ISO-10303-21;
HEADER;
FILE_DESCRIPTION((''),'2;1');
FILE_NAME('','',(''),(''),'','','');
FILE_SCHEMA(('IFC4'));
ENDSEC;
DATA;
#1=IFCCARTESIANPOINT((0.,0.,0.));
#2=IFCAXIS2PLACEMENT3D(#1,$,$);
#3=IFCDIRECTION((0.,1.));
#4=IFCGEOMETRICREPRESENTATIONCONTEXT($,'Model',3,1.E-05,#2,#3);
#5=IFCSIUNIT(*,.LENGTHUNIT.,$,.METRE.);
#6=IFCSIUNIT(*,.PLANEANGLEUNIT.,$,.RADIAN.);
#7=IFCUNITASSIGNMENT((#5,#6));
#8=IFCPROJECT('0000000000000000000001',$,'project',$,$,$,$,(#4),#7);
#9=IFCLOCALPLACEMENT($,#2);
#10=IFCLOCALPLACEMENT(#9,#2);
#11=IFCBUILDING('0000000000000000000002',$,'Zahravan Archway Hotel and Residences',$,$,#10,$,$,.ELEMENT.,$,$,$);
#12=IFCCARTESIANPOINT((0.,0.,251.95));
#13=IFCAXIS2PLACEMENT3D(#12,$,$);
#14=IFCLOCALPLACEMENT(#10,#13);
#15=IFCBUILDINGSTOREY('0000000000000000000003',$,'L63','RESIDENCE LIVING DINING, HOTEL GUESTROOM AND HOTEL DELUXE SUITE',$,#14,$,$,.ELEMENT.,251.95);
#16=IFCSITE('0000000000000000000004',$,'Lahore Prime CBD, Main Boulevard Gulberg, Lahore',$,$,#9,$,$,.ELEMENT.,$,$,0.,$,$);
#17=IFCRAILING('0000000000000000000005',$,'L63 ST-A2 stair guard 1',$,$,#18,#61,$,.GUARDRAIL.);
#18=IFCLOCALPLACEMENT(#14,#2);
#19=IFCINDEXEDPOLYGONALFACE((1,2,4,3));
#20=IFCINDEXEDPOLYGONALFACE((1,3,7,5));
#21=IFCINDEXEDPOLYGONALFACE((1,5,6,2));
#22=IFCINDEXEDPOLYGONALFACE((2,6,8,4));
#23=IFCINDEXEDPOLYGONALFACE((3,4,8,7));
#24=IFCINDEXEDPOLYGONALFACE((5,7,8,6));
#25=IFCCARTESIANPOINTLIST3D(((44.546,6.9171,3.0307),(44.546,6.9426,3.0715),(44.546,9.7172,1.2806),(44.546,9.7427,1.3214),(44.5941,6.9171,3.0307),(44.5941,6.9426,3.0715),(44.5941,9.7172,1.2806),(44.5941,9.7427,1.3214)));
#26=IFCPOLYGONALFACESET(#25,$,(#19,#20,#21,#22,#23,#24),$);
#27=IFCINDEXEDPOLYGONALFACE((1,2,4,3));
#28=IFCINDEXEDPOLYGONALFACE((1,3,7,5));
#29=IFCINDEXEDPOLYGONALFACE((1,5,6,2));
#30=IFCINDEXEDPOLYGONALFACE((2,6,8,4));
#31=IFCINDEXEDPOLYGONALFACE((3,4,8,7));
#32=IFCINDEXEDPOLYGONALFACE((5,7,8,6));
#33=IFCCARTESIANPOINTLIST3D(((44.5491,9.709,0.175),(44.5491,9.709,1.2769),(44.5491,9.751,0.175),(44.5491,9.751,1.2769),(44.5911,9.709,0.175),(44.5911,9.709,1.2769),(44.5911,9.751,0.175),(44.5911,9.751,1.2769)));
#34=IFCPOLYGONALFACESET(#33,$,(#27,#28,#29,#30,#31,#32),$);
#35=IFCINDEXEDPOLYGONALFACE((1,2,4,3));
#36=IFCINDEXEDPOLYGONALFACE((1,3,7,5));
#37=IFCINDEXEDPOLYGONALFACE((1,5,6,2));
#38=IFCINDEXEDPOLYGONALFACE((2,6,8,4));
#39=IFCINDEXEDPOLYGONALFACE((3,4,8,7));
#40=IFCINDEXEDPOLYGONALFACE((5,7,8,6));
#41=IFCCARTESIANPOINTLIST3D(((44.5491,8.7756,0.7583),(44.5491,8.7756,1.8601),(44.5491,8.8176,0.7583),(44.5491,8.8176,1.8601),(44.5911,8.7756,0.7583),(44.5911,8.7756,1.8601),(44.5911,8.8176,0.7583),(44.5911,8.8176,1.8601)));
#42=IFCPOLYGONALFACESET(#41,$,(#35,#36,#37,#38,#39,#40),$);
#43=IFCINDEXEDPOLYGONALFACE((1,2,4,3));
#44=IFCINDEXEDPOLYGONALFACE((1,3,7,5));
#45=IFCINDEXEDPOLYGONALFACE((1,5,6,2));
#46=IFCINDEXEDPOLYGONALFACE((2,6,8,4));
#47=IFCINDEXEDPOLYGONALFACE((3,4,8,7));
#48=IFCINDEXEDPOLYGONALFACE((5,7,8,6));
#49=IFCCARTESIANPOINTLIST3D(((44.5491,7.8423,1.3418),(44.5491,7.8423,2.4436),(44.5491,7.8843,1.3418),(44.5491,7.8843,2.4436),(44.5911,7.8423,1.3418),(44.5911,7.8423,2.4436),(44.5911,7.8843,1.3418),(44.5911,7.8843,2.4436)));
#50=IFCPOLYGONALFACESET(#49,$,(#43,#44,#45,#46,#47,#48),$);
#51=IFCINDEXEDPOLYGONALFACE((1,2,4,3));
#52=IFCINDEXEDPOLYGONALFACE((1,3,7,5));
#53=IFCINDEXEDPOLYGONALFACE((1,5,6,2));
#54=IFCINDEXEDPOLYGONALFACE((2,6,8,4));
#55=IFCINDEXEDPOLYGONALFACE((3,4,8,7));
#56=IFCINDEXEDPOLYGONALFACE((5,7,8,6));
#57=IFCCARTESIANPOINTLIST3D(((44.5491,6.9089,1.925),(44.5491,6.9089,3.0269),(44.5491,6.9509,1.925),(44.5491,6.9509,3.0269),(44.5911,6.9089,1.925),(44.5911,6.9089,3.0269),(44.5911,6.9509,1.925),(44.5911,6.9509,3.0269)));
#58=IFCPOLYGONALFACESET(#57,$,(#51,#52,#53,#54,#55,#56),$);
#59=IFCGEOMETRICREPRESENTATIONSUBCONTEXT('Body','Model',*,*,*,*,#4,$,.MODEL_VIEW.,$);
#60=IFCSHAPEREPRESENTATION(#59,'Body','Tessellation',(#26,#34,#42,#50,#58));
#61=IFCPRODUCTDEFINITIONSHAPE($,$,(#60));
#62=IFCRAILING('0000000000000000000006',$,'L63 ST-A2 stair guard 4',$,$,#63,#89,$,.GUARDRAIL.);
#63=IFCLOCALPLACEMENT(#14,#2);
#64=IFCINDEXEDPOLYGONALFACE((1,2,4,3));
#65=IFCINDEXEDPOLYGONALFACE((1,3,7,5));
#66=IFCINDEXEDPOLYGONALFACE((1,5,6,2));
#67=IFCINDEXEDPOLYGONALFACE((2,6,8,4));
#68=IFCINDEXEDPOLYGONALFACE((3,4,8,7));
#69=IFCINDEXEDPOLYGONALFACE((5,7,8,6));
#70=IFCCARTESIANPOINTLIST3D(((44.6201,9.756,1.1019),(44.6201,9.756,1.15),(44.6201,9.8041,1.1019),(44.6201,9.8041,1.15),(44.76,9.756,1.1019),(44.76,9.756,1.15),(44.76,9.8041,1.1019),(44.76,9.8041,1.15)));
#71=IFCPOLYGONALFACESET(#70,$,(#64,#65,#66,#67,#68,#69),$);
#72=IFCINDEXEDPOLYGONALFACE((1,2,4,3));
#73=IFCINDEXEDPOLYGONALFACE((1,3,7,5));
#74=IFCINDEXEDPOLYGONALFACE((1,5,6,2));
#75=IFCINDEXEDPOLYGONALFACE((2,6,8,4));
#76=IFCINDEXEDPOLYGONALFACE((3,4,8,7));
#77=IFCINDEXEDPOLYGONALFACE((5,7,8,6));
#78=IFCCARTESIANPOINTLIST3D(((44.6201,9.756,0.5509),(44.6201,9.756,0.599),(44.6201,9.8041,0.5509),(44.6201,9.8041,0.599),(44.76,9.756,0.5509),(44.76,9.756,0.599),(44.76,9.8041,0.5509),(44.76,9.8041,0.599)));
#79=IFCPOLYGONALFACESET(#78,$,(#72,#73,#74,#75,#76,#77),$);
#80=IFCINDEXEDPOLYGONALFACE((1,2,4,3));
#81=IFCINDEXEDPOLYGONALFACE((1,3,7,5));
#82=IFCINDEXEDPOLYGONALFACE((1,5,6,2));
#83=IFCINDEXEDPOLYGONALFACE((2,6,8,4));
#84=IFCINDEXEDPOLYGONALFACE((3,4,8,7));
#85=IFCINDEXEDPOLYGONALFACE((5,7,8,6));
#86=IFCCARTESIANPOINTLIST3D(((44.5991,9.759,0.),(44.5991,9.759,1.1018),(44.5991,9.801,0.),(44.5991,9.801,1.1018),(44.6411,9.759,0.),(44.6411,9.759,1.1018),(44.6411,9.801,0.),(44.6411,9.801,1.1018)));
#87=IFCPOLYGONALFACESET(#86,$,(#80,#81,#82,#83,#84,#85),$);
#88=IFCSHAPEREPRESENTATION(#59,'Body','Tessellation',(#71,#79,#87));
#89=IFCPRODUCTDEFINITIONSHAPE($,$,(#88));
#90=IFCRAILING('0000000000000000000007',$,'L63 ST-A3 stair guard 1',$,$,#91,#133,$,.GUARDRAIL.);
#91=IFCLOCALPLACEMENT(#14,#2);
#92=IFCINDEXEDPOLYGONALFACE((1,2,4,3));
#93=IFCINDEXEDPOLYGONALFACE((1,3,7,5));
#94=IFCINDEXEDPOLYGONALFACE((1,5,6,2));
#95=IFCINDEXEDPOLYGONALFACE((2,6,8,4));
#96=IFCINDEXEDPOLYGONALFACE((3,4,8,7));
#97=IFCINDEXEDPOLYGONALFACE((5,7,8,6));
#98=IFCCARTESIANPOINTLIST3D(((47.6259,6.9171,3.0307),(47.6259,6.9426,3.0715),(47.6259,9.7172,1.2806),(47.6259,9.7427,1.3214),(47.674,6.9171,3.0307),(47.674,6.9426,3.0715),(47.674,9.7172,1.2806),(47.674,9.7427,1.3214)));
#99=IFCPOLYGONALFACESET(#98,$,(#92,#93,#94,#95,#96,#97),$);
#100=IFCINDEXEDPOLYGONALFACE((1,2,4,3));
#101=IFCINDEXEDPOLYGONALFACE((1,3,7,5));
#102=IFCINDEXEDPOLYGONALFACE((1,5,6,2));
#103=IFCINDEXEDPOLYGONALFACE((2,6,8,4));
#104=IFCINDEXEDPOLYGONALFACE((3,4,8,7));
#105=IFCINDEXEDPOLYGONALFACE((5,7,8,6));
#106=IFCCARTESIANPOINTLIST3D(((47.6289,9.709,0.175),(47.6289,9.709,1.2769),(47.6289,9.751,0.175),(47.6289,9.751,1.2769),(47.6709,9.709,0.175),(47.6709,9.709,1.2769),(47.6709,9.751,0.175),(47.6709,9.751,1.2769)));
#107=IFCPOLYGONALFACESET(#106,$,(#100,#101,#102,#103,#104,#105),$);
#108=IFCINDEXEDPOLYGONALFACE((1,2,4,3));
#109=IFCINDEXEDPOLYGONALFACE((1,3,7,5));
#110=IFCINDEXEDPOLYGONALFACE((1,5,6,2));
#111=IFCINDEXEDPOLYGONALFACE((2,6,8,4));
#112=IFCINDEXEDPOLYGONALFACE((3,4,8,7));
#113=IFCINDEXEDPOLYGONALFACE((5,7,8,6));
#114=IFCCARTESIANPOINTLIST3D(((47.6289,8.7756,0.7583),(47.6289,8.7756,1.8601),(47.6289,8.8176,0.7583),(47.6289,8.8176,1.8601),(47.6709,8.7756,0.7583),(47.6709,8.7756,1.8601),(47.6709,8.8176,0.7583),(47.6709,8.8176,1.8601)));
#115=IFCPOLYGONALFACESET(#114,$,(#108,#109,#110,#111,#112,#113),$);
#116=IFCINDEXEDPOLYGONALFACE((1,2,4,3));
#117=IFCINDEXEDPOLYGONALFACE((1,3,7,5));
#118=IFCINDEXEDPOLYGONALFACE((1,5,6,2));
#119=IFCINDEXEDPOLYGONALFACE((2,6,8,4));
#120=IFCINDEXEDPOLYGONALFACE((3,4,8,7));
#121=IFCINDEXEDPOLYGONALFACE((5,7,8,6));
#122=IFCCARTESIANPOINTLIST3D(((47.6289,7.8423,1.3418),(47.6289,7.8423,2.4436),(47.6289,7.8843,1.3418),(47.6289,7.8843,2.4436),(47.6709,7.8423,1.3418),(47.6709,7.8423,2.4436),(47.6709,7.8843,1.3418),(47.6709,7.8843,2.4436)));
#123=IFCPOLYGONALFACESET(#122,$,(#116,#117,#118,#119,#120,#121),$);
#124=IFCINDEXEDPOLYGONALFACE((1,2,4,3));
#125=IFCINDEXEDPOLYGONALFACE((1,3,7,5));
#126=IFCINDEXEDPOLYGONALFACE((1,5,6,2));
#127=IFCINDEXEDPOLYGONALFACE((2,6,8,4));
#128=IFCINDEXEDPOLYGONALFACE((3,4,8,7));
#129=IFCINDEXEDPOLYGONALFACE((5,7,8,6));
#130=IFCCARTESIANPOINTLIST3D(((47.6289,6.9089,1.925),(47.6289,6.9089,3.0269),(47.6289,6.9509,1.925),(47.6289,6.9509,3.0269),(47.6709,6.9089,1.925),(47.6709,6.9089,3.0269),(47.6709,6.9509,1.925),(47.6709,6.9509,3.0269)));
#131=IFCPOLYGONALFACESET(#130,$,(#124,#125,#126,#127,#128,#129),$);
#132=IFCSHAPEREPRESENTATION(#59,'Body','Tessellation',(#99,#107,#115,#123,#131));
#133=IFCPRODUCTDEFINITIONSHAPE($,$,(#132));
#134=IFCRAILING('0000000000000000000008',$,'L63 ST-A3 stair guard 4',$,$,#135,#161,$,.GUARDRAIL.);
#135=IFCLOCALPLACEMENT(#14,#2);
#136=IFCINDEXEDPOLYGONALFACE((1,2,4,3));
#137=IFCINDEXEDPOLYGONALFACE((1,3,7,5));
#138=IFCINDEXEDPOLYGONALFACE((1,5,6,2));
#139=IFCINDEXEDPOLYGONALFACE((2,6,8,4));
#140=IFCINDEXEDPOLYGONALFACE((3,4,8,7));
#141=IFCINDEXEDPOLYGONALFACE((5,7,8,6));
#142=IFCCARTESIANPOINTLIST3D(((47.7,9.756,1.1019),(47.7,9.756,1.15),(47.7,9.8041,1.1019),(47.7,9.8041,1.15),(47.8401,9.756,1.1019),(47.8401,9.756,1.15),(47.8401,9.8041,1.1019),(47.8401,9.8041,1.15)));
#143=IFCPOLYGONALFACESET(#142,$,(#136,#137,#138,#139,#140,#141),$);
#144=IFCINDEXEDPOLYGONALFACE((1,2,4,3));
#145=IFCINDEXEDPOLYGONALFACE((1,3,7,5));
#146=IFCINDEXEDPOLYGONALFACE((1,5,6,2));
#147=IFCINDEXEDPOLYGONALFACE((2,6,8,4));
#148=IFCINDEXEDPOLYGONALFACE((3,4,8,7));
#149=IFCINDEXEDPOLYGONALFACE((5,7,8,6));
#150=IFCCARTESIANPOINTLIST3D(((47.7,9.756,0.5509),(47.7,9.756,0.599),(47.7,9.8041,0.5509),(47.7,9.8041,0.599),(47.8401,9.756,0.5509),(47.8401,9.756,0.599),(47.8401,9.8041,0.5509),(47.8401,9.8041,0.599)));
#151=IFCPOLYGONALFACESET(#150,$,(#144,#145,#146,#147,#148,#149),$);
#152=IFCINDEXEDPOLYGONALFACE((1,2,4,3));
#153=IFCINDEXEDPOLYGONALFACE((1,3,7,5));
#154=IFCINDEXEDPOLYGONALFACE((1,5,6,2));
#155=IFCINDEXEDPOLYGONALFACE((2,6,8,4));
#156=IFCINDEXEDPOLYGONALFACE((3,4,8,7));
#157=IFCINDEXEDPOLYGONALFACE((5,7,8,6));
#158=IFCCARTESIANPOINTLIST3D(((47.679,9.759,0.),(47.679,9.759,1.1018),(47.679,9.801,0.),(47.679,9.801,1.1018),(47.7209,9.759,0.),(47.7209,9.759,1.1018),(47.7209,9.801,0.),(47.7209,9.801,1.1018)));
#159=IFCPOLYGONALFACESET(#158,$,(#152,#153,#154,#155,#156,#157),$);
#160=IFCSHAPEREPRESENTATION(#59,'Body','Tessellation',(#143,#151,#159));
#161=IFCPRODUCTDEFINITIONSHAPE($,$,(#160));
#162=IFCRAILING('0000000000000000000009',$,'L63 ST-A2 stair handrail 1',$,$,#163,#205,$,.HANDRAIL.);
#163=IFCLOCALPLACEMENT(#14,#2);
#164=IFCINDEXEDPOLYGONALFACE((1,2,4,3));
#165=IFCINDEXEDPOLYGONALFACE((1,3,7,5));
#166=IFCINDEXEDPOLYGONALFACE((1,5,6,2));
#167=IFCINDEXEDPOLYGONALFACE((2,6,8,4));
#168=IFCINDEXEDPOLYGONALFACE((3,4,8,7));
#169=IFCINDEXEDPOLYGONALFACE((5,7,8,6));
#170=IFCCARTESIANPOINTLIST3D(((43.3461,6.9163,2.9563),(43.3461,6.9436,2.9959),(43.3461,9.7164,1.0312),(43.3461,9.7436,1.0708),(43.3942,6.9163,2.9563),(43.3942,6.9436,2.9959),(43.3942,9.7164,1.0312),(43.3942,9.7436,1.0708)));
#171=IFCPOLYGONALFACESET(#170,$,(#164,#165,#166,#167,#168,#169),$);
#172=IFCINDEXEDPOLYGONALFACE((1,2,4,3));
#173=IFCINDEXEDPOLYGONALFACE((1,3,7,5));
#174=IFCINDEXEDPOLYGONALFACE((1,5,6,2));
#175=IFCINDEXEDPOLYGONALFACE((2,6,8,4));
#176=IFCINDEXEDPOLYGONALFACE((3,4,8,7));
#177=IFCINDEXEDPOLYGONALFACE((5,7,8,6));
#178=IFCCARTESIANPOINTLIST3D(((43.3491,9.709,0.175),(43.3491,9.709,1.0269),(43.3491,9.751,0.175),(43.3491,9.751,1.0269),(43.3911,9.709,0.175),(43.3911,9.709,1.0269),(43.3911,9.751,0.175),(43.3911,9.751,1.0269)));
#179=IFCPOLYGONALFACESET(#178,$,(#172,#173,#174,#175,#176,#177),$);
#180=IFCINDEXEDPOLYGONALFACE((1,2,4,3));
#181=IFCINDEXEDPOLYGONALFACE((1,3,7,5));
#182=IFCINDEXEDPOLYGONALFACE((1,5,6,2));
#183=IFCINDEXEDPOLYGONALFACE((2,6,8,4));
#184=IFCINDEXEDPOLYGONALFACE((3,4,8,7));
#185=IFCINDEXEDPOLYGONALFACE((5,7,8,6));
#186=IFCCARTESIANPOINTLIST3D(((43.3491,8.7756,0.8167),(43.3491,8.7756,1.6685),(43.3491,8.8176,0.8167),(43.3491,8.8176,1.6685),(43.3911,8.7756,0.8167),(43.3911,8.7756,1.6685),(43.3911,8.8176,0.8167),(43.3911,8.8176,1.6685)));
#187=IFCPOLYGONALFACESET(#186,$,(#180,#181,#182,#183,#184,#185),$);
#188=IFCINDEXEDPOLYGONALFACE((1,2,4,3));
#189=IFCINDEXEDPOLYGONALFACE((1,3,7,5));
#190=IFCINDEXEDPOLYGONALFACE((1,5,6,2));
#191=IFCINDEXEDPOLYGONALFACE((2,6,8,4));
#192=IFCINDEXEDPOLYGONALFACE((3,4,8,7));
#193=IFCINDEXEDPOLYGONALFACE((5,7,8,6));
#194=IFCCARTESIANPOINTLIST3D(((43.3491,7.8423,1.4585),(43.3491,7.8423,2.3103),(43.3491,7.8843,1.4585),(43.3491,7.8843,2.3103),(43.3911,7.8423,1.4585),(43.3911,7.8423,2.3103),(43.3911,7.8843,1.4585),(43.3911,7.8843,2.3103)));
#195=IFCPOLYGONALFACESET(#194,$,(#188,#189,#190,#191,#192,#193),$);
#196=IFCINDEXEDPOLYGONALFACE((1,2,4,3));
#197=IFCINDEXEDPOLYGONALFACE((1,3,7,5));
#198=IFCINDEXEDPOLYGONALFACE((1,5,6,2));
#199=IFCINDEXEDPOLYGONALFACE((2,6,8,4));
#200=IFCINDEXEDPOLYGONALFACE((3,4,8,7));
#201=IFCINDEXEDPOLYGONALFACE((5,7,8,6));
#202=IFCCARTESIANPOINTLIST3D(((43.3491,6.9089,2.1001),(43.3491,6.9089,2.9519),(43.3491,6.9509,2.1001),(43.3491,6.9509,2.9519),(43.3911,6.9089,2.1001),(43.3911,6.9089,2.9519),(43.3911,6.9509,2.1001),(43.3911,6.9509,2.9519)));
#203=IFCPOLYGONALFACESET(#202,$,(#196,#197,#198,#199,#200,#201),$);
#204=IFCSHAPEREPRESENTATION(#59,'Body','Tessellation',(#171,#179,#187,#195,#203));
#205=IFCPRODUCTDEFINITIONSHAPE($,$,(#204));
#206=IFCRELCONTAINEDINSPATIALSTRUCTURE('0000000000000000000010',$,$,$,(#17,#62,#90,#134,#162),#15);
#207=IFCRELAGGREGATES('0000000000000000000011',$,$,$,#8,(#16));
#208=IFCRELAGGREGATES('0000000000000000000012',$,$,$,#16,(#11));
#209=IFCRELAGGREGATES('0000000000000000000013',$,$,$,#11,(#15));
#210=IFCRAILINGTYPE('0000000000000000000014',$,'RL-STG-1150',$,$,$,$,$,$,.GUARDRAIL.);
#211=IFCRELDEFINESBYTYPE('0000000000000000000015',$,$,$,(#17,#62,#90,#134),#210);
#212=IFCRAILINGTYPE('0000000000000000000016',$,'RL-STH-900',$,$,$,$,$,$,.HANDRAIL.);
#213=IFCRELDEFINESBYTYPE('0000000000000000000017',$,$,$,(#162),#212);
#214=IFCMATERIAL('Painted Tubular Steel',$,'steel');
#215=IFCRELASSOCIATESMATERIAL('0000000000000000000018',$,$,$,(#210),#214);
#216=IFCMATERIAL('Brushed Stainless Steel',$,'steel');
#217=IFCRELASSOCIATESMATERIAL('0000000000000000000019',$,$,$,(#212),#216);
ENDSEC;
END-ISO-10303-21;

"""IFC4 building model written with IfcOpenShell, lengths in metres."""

from ifc_helpers import new_model, si_unit, direction, frame, origin, origin_2d, place, context, subcontext, project, spatial, rectangle, extrude, material, type_object, element, save


model = new_model("IFC4")

# Units and contexts
model_context = context("Model", 3, precision=1e-05, world=origin(), true_north=direction((0.0, 1.0)))
body_context = subcontext(model_context, "Body", "Model", "MODEL_VIEW")
ifc_project = project(units=[si_unit("LENGTHUNIT", "METRE"), si_unit("PLANEANGLEUNIT", "RADIAN")], contexts=[model_context])

# Site, building, storey
site_placement = place(None, origin())
site = spatial("IfcSite", under=ifc_project, at=site_placement, Name="Lahore Prime CBD, Main Boulevard Gulberg, Lahore", CompositionType="ELEMENT", RefElevation=0.0)
building_placement = place(site_placement, origin())
building = spatial("IfcBuilding", under=site, at=building_placement, Name="Zahravan Archway Hotel and Residences", CompositionType="ELEMENT")
storey_placement = place(building_placement, frame((0.0, 0.0, 251.95)))
storey = spatial("IfcBuildingStorey", under=building, at=storey_placement, Name="L63", Description="RESIDENCE LIVING DINING, HOTEL GUESTROOM AND HOTEL DELUXE SUITE", CompositionType="ELEMENT", Elevation=251.95)

# Railings
ifc_material_1 = material(Name="Painted Tubular Steel", Category="steel")
railing_type_1 = type_object("IfcRailingType", Name="RL-STG-1150", PredefinedType="GUARDRAIL", material=ifc_material_1)
railing_1_placement = place(storey_placement, frame((44.5701, 9.73, 0.175)))
element("IfcRailing", 1, at=railing_1_placement, inside=storey, type_object=railing_type_1, Name="L63 ST-A2 stair guard 1", PredefinedType="GUARDRAIL", context=body_context, shape_type="SweptSolid", body=[
    extrude(rectangle(XDim=0.0481, YDim=0.0481, at=origin_2d()), frame((0.0, 0.0, 1.126), z_axis=(0.0, -0.848002, 0.529992), x_axis=(1.0, 0.0, 0.0)), (0.0, 0.0, 1.0), 3.302),
    extrude(rectangle(XDim=0.042, YDim=0.042, at=origin_2d()), origin(), (0.0, 0.0, 1.0), 1.1018),
    extrude(rectangle(XDim=0.042, YDim=0.042, at=origin_2d()), frame((0.0, -0.9333, 0.5833)), (0.0, 0.0, 1.0), 1.1018),
    extrude(rectangle(XDim=0.042, YDim=0.042, at=origin_2d()), frame((0.0, -1.8667, 1.1667)), (0.0, 0.0, 1.0), 1.1018),
    extrude(rectangle(XDim=0.042, YDim=0.042, at=origin_2d()), frame((0.0, -2.8, 1.75)), (0.0, 0.0, 1.0), 1.1018),
])
railing_2_placement = place(storey_placement, frame((44.6201, 9.78, 0.0)))
element("IfcRailing", 2, at=railing_2_placement, inside=storey, type_object=railing_type_1, Name="L63 ST-A2 stair guard 4", PredefinedType="GUARDRAIL", context=body_context, shape_type="SweptSolid", body=[
    extrude(rectangle(XDim=0.0481, YDim=0.0481, at=origin_2d()), frame((0.0, 0.0, 1.126), z_axis=(1.0, 0.0, 0.0), x_axis=(0.0, 1.0, 0.0)), (0.0, 0.0, 1.0), 0.1399),
    extrude(rectangle(XDim=0.0481, YDim=0.0481, at=origin_2d()), frame((0.0, 0.0, 0.575), z_axis=(1.0, 0.0, 0.0), x_axis=(0.0, 1.0, 0.0)), (0.0, 0.0, 1.0), 0.1399),
    extrude(rectangle(XDim=0.042, YDim=0.042, at=origin_2d()), origin(), (0.0, 0.0, 1.0), 1.1018),
])
railing_3_placement = place(storey_placement, frame((47.6499, 9.73, 0.175)))
element("IfcRailing", 3, at=railing_3_placement, inside=storey, type_object=railing_type_1, Name="L63 ST-A3 stair guard 1", PredefinedType="GUARDRAIL", context=body_context, shape_type="SweptSolid", body=[
    extrude(rectangle(XDim=0.0481, YDim=0.0481, at=origin_2d()), frame((0.0, 0.0, 1.126), z_axis=(0.0, -0.848002, 0.529992), x_axis=(1.0, 0.0, 0.0)), (0.0, 0.0, 1.0), 3.302),
    extrude(rectangle(XDim=0.042, YDim=0.042, at=origin_2d()), origin(), (0.0, 0.0, 1.0), 1.1018),
    extrude(rectangle(XDim=0.042, YDim=0.042, at=origin_2d()), frame((0.0, -0.9333, 0.5833)), (0.0, 0.0, 1.0), 1.1018),
    extrude(rectangle(XDim=0.042, YDim=0.042, at=origin_2d()), frame((0.0, -1.8667, 1.1667)), (0.0, 0.0, 1.0), 1.1018),
    extrude(rectangle(XDim=0.042, YDim=0.042, at=origin_2d()), frame((0.0, -2.8, 1.75)), (0.0, 0.0, 1.0), 1.1018),
])
railing_4_placement = place(storey_placement, frame((47.7, 9.78, 0.0)))
element("IfcRailing", 4, at=railing_4_placement, inside=storey, type_object=railing_type_1, Name="L63 ST-A3 stair guard 4", PredefinedType="GUARDRAIL", context=body_context, shape_type="SweptSolid", body=[
    extrude(rectangle(XDim=0.0481, YDim=0.0481, at=origin_2d()), frame((0.0, 0.0, 1.126), z_axis=(1.0, 0.0, 0.0), x_axis=(0.0, 1.0, 0.0)), (0.0, 0.0, 1.0), 0.1401),
    extrude(rectangle(XDim=0.0481, YDim=0.0481, at=origin_2d()), frame((0.0, 0.0, 0.575), z_axis=(1.0, 0.0, 0.0), x_axis=(0.0, 1.0, 0.0)), (0.0, 0.0, 1.0), 0.1401),
    extrude(rectangle(XDim=0.042, YDim=0.042, at=origin_2d()), origin(), (0.0, 0.0, 1.0), 1.1018),
])
ifc_material_2 = material(Name="Brushed Stainless Steel", Category="steel")
railing_type_2 = type_object("IfcRailingType", Name="RL-STH-900", PredefinedType="HANDRAIL", material=ifc_material_2)
for number, where, name in (
    (5, (43.3701, 9.73, 0.175), "L63 ST-A2 stair handrail 1"),
):
    element("IfcRailing", number, at=place(storey_placement, frame(where)), inside=storey, type_object=railing_type_2, Name=name, PredefinedType="HANDRAIL", context=body_context, shape_type="SweptSolid", body=[
        extrude(rectangle(XDim=0.0481, YDim=0.0481, at=origin_2d()), frame((0.0, 0.0, 0.876), z_axis=(0.0, -0.82404, 0.566532), x_axis=(1.0, 0.0, 0.0)), (0.0, 0.0, 1.0), 3.3979),
        extrude(rectangle(XDim=0.042, YDim=0.042, at=origin_2d()), origin(), (0.0, 0.0, 1.0), 0.8518),
        extrude(rectangle(XDim=0.042, YDim=0.042, at=origin_2d()), frame((0.0, -0.9333, 0.6416)), (0.0, 0.0, 1.0), 0.8518),
        extrude(rectangle(XDim=0.042, YDim=0.042, at=origin_2d()), frame((0.0, -1.8667, 1.2834)), (0.0, 0.0, 1.0), 0.8518),
        extrude(rectangle(XDim=0.042, YDim=0.042, at=origin_2d()), frame((0.0, -2.8, 1.925)), (0.0, 0.0, 1.0), 0.8518),
    ])

save(model, "model.ifc")
